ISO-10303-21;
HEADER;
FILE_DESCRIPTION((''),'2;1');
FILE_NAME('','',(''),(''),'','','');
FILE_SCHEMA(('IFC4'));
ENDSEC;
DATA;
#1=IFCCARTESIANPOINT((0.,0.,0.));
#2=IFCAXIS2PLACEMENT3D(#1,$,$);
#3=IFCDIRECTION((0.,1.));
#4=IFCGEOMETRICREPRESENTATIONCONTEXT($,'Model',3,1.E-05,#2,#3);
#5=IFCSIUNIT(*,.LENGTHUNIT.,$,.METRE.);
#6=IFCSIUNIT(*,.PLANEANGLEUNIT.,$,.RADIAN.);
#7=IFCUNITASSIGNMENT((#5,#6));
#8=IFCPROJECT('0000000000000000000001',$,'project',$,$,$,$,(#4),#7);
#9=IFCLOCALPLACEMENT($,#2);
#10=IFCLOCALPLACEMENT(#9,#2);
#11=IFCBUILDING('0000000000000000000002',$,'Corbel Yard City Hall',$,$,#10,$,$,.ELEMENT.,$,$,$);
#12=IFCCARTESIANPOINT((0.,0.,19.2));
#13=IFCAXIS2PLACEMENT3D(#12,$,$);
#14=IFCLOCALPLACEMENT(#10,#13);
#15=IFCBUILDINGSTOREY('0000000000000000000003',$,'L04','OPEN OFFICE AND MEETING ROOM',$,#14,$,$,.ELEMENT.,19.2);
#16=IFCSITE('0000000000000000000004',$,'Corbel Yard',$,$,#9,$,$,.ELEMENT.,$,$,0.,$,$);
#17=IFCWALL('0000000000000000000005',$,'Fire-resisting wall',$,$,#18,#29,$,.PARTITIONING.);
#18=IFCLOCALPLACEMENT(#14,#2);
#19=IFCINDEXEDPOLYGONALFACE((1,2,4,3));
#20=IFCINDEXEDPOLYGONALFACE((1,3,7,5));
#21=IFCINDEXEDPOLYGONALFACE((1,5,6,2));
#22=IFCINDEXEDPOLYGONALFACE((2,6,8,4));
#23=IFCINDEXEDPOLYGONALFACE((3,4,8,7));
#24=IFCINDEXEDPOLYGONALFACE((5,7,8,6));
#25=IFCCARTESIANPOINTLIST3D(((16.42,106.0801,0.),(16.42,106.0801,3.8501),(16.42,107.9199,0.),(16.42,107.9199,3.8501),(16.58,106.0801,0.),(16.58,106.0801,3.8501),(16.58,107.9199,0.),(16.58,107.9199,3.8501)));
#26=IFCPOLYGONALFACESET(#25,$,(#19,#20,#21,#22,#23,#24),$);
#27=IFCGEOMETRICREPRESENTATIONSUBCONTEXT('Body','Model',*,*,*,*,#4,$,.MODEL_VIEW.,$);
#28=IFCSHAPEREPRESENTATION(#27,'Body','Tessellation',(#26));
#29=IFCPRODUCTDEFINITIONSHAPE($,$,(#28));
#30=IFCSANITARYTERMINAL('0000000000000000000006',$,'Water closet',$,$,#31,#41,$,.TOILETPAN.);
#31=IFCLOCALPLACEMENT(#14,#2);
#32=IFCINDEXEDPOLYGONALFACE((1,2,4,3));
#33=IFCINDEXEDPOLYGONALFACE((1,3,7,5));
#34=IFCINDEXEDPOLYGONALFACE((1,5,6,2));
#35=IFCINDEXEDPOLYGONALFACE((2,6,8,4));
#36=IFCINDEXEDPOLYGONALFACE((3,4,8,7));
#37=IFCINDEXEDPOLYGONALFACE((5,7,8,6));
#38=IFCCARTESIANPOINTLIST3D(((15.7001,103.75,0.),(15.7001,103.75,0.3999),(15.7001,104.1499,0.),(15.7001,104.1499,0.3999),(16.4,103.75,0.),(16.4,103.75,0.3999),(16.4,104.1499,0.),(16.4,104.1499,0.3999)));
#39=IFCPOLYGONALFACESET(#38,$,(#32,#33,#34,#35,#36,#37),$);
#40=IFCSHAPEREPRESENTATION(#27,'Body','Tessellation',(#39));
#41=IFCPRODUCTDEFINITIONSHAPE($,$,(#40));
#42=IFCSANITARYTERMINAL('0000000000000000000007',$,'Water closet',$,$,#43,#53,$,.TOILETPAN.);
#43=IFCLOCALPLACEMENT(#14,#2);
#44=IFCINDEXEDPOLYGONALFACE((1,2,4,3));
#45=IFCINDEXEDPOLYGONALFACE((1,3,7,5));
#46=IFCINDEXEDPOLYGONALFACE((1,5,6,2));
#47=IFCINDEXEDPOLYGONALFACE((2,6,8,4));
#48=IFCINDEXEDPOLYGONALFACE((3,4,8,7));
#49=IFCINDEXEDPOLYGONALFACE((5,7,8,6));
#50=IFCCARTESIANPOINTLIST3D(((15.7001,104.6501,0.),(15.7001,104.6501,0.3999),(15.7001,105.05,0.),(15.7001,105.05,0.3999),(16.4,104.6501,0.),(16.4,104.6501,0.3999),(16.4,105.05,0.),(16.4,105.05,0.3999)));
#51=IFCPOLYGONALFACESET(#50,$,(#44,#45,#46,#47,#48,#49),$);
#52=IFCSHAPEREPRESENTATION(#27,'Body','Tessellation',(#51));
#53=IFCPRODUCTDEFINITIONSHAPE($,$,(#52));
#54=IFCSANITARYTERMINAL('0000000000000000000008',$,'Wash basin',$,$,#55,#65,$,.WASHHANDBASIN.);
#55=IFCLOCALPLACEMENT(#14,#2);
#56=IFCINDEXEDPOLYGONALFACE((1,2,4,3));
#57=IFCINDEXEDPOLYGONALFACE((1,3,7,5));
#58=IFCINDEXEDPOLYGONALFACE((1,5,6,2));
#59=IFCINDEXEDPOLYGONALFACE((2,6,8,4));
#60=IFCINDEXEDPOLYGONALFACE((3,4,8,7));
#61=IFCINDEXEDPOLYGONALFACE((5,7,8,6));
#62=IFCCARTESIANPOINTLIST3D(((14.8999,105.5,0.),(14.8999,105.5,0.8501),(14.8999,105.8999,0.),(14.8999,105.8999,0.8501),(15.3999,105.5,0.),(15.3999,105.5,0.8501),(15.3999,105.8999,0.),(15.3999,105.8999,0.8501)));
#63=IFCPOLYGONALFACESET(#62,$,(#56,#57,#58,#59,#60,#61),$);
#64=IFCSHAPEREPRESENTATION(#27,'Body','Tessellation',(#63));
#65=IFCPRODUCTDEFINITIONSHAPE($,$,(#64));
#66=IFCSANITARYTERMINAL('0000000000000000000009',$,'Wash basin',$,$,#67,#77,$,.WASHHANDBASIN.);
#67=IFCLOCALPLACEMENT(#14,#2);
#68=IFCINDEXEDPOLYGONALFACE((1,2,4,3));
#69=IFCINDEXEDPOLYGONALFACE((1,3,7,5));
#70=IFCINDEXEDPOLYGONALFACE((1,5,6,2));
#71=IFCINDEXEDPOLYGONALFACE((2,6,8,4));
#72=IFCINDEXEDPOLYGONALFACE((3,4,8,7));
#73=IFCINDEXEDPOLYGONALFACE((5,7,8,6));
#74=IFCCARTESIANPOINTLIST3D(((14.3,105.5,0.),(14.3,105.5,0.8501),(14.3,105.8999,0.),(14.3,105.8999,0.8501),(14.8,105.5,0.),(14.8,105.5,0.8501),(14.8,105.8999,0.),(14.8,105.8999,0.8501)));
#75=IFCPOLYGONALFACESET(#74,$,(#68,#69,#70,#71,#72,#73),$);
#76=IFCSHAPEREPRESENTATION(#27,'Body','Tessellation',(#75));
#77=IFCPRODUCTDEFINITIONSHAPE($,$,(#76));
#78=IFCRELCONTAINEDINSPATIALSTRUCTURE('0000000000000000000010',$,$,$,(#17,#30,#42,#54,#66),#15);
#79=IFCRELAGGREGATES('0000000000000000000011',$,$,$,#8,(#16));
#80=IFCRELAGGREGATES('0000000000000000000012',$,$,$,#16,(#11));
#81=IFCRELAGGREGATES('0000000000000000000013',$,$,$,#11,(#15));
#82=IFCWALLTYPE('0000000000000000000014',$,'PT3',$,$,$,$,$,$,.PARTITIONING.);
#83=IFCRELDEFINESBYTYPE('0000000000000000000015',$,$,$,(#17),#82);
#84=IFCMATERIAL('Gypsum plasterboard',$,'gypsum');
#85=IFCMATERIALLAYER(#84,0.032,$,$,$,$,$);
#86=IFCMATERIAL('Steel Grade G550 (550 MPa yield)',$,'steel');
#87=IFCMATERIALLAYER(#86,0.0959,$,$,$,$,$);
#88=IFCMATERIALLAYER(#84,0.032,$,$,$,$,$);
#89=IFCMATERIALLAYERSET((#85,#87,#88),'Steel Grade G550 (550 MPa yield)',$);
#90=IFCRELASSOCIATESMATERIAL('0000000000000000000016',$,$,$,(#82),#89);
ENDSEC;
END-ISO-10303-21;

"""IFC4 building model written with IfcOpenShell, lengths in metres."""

from ifc_helpers import new_model, si_unit, direction, frame, frame_2d, origin, origin_2d, place, context, subcontext, project, spatial, rectangle, extrude, material, layer, layer_set, type_object, element, save


model = new_model("IFC4")

# Units and contexts
model_context = context("Model", 3, precision=1e-05, world=origin(), true_north=direction((0.0, 1.0)))
body_context = subcontext(model_context, "Body", "Model", "MODEL_VIEW")
ifc_project = project(units=[si_unit("LENGTHUNIT", "METRE"), si_unit("PLANEANGLEUNIT", "RADIAN")], contexts=[model_context])

# Site, building, storey
site_placement = place(None, origin())
site = spatial("IfcSite", under=ifc_project, at=site_placement, Name="Corbel Yard", CompositionType="ELEMENT", RefElevation=0.0)
building_placement = place(site_placement, origin())
building = spatial("IfcBuilding", under=site, at=building_placement, Name="Corbel Yard City Hall", CompositionType="ELEMENT")
storey_placement = place(building_placement, frame((0.0, 0.0, 19.2)))
storey = spatial("IfcBuildingStorey", under=building, at=storey_placement, Name="L04", Description="OPEN OFFICE AND MEETING ROOM", CompositionType="ELEMENT", Elevation=19.2)

# Shared definitions
ifc_material_1 = material(Name="Gypsum plasterboard", Category="gypsum")
ifc_material_2 = material(Name="Steel Grade G550 (550 MPa yield)", Category="steel")

# Wall
ifc_layer_1 = layer(ifc_material_1, 0.032)
ifc_layer_2 = layer(ifc_material_2, 0.0959)
ifc_layer_3 = layer(ifc_material_1, 0.032)
ifc_layer_set_1 = layer_set([ifc_layer_1, ifc_layer_2, ifc_layer_3], Name="Steel Grade G550 (550 MPa yield)")
wall_type_1 = type_object("IfcWallType", Name="PT3", PredefinedType="PARTITIONING", material=ifc_layer_set_1)
wall_1_placement = place(storey_placement, frame((16.5, 106.0801, 0.0), z_axis=(0.0, 0.0, 1.0), x_axis=(0.0, 1.0, 0.0)))
element("IfcWall", 1, at=wall_1_placement, inside=storey, type_object=wall_type_1, Name="Fire-resisting wall", PredefinedType="PARTITIONING", context=body_context, shape_type="SweptSolid", body=[
    extrude(rectangle(XDim=1.8398, YDim=0.1599, at=frame_2d((0.9199, 0.0))), origin(), (0.0, 0.0, 1.0), 3.8501),
])

# Sanitary terminals
for number, where, z_axis, x_axis, name in (
    (2, (16.05, 103.95, 0.0), (0.0, 0.0, 1.0), (1.0, 0.0, 0.0), "Water closet"),
    (3, (16.05, 104.8501, 0.0), (0.0, 0.0, 1.0), (1.0, 0.0, 0.0), "Water closet"),
):
    element("IfcSanitaryTerminal", number, at=place(storey_placement, frame(where, z_axis=z_axis, x_axis=x_axis)), inside=storey, Name=name, PredefinedType="TOILETPAN", context=body_context, shape_type="SweptSolid", body=[
        extrude(rectangle(XDim=0.7, YDim=0.3999, at=origin_2d()), origin(), (0.0, 0.0, 1.0), 0.3999),
    ])
for number, where, z_axis, x_axis, name in (
    (4, (15.1499, 105.7, 0.0), (0.0, 0.0, 1.0), (1.0, 0.0, 0.0), "Wash basin"),
    (5, (14.55, 105.7, 0.0), (0.0, 0.0, 1.0), (1.0, 0.0, 0.0), "Wash basin"),
):
    element("IfcSanitaryTerminal", number, at=place(storey_placement, frame(where, z_axis=z_axis, x_axis=x_axis)), inside=storey, Name=name, PredefinedType="WASHHANDBASIN", context=body_context, shape_type="SweptSolid", body=[
        extrude(rectangle(XDim=0.5, YDim=0.3999, at=origin_2d()), origin(), (0.0, 0.0, 1.0), 0.8501),
    ])

save(model, "model.ifc")
